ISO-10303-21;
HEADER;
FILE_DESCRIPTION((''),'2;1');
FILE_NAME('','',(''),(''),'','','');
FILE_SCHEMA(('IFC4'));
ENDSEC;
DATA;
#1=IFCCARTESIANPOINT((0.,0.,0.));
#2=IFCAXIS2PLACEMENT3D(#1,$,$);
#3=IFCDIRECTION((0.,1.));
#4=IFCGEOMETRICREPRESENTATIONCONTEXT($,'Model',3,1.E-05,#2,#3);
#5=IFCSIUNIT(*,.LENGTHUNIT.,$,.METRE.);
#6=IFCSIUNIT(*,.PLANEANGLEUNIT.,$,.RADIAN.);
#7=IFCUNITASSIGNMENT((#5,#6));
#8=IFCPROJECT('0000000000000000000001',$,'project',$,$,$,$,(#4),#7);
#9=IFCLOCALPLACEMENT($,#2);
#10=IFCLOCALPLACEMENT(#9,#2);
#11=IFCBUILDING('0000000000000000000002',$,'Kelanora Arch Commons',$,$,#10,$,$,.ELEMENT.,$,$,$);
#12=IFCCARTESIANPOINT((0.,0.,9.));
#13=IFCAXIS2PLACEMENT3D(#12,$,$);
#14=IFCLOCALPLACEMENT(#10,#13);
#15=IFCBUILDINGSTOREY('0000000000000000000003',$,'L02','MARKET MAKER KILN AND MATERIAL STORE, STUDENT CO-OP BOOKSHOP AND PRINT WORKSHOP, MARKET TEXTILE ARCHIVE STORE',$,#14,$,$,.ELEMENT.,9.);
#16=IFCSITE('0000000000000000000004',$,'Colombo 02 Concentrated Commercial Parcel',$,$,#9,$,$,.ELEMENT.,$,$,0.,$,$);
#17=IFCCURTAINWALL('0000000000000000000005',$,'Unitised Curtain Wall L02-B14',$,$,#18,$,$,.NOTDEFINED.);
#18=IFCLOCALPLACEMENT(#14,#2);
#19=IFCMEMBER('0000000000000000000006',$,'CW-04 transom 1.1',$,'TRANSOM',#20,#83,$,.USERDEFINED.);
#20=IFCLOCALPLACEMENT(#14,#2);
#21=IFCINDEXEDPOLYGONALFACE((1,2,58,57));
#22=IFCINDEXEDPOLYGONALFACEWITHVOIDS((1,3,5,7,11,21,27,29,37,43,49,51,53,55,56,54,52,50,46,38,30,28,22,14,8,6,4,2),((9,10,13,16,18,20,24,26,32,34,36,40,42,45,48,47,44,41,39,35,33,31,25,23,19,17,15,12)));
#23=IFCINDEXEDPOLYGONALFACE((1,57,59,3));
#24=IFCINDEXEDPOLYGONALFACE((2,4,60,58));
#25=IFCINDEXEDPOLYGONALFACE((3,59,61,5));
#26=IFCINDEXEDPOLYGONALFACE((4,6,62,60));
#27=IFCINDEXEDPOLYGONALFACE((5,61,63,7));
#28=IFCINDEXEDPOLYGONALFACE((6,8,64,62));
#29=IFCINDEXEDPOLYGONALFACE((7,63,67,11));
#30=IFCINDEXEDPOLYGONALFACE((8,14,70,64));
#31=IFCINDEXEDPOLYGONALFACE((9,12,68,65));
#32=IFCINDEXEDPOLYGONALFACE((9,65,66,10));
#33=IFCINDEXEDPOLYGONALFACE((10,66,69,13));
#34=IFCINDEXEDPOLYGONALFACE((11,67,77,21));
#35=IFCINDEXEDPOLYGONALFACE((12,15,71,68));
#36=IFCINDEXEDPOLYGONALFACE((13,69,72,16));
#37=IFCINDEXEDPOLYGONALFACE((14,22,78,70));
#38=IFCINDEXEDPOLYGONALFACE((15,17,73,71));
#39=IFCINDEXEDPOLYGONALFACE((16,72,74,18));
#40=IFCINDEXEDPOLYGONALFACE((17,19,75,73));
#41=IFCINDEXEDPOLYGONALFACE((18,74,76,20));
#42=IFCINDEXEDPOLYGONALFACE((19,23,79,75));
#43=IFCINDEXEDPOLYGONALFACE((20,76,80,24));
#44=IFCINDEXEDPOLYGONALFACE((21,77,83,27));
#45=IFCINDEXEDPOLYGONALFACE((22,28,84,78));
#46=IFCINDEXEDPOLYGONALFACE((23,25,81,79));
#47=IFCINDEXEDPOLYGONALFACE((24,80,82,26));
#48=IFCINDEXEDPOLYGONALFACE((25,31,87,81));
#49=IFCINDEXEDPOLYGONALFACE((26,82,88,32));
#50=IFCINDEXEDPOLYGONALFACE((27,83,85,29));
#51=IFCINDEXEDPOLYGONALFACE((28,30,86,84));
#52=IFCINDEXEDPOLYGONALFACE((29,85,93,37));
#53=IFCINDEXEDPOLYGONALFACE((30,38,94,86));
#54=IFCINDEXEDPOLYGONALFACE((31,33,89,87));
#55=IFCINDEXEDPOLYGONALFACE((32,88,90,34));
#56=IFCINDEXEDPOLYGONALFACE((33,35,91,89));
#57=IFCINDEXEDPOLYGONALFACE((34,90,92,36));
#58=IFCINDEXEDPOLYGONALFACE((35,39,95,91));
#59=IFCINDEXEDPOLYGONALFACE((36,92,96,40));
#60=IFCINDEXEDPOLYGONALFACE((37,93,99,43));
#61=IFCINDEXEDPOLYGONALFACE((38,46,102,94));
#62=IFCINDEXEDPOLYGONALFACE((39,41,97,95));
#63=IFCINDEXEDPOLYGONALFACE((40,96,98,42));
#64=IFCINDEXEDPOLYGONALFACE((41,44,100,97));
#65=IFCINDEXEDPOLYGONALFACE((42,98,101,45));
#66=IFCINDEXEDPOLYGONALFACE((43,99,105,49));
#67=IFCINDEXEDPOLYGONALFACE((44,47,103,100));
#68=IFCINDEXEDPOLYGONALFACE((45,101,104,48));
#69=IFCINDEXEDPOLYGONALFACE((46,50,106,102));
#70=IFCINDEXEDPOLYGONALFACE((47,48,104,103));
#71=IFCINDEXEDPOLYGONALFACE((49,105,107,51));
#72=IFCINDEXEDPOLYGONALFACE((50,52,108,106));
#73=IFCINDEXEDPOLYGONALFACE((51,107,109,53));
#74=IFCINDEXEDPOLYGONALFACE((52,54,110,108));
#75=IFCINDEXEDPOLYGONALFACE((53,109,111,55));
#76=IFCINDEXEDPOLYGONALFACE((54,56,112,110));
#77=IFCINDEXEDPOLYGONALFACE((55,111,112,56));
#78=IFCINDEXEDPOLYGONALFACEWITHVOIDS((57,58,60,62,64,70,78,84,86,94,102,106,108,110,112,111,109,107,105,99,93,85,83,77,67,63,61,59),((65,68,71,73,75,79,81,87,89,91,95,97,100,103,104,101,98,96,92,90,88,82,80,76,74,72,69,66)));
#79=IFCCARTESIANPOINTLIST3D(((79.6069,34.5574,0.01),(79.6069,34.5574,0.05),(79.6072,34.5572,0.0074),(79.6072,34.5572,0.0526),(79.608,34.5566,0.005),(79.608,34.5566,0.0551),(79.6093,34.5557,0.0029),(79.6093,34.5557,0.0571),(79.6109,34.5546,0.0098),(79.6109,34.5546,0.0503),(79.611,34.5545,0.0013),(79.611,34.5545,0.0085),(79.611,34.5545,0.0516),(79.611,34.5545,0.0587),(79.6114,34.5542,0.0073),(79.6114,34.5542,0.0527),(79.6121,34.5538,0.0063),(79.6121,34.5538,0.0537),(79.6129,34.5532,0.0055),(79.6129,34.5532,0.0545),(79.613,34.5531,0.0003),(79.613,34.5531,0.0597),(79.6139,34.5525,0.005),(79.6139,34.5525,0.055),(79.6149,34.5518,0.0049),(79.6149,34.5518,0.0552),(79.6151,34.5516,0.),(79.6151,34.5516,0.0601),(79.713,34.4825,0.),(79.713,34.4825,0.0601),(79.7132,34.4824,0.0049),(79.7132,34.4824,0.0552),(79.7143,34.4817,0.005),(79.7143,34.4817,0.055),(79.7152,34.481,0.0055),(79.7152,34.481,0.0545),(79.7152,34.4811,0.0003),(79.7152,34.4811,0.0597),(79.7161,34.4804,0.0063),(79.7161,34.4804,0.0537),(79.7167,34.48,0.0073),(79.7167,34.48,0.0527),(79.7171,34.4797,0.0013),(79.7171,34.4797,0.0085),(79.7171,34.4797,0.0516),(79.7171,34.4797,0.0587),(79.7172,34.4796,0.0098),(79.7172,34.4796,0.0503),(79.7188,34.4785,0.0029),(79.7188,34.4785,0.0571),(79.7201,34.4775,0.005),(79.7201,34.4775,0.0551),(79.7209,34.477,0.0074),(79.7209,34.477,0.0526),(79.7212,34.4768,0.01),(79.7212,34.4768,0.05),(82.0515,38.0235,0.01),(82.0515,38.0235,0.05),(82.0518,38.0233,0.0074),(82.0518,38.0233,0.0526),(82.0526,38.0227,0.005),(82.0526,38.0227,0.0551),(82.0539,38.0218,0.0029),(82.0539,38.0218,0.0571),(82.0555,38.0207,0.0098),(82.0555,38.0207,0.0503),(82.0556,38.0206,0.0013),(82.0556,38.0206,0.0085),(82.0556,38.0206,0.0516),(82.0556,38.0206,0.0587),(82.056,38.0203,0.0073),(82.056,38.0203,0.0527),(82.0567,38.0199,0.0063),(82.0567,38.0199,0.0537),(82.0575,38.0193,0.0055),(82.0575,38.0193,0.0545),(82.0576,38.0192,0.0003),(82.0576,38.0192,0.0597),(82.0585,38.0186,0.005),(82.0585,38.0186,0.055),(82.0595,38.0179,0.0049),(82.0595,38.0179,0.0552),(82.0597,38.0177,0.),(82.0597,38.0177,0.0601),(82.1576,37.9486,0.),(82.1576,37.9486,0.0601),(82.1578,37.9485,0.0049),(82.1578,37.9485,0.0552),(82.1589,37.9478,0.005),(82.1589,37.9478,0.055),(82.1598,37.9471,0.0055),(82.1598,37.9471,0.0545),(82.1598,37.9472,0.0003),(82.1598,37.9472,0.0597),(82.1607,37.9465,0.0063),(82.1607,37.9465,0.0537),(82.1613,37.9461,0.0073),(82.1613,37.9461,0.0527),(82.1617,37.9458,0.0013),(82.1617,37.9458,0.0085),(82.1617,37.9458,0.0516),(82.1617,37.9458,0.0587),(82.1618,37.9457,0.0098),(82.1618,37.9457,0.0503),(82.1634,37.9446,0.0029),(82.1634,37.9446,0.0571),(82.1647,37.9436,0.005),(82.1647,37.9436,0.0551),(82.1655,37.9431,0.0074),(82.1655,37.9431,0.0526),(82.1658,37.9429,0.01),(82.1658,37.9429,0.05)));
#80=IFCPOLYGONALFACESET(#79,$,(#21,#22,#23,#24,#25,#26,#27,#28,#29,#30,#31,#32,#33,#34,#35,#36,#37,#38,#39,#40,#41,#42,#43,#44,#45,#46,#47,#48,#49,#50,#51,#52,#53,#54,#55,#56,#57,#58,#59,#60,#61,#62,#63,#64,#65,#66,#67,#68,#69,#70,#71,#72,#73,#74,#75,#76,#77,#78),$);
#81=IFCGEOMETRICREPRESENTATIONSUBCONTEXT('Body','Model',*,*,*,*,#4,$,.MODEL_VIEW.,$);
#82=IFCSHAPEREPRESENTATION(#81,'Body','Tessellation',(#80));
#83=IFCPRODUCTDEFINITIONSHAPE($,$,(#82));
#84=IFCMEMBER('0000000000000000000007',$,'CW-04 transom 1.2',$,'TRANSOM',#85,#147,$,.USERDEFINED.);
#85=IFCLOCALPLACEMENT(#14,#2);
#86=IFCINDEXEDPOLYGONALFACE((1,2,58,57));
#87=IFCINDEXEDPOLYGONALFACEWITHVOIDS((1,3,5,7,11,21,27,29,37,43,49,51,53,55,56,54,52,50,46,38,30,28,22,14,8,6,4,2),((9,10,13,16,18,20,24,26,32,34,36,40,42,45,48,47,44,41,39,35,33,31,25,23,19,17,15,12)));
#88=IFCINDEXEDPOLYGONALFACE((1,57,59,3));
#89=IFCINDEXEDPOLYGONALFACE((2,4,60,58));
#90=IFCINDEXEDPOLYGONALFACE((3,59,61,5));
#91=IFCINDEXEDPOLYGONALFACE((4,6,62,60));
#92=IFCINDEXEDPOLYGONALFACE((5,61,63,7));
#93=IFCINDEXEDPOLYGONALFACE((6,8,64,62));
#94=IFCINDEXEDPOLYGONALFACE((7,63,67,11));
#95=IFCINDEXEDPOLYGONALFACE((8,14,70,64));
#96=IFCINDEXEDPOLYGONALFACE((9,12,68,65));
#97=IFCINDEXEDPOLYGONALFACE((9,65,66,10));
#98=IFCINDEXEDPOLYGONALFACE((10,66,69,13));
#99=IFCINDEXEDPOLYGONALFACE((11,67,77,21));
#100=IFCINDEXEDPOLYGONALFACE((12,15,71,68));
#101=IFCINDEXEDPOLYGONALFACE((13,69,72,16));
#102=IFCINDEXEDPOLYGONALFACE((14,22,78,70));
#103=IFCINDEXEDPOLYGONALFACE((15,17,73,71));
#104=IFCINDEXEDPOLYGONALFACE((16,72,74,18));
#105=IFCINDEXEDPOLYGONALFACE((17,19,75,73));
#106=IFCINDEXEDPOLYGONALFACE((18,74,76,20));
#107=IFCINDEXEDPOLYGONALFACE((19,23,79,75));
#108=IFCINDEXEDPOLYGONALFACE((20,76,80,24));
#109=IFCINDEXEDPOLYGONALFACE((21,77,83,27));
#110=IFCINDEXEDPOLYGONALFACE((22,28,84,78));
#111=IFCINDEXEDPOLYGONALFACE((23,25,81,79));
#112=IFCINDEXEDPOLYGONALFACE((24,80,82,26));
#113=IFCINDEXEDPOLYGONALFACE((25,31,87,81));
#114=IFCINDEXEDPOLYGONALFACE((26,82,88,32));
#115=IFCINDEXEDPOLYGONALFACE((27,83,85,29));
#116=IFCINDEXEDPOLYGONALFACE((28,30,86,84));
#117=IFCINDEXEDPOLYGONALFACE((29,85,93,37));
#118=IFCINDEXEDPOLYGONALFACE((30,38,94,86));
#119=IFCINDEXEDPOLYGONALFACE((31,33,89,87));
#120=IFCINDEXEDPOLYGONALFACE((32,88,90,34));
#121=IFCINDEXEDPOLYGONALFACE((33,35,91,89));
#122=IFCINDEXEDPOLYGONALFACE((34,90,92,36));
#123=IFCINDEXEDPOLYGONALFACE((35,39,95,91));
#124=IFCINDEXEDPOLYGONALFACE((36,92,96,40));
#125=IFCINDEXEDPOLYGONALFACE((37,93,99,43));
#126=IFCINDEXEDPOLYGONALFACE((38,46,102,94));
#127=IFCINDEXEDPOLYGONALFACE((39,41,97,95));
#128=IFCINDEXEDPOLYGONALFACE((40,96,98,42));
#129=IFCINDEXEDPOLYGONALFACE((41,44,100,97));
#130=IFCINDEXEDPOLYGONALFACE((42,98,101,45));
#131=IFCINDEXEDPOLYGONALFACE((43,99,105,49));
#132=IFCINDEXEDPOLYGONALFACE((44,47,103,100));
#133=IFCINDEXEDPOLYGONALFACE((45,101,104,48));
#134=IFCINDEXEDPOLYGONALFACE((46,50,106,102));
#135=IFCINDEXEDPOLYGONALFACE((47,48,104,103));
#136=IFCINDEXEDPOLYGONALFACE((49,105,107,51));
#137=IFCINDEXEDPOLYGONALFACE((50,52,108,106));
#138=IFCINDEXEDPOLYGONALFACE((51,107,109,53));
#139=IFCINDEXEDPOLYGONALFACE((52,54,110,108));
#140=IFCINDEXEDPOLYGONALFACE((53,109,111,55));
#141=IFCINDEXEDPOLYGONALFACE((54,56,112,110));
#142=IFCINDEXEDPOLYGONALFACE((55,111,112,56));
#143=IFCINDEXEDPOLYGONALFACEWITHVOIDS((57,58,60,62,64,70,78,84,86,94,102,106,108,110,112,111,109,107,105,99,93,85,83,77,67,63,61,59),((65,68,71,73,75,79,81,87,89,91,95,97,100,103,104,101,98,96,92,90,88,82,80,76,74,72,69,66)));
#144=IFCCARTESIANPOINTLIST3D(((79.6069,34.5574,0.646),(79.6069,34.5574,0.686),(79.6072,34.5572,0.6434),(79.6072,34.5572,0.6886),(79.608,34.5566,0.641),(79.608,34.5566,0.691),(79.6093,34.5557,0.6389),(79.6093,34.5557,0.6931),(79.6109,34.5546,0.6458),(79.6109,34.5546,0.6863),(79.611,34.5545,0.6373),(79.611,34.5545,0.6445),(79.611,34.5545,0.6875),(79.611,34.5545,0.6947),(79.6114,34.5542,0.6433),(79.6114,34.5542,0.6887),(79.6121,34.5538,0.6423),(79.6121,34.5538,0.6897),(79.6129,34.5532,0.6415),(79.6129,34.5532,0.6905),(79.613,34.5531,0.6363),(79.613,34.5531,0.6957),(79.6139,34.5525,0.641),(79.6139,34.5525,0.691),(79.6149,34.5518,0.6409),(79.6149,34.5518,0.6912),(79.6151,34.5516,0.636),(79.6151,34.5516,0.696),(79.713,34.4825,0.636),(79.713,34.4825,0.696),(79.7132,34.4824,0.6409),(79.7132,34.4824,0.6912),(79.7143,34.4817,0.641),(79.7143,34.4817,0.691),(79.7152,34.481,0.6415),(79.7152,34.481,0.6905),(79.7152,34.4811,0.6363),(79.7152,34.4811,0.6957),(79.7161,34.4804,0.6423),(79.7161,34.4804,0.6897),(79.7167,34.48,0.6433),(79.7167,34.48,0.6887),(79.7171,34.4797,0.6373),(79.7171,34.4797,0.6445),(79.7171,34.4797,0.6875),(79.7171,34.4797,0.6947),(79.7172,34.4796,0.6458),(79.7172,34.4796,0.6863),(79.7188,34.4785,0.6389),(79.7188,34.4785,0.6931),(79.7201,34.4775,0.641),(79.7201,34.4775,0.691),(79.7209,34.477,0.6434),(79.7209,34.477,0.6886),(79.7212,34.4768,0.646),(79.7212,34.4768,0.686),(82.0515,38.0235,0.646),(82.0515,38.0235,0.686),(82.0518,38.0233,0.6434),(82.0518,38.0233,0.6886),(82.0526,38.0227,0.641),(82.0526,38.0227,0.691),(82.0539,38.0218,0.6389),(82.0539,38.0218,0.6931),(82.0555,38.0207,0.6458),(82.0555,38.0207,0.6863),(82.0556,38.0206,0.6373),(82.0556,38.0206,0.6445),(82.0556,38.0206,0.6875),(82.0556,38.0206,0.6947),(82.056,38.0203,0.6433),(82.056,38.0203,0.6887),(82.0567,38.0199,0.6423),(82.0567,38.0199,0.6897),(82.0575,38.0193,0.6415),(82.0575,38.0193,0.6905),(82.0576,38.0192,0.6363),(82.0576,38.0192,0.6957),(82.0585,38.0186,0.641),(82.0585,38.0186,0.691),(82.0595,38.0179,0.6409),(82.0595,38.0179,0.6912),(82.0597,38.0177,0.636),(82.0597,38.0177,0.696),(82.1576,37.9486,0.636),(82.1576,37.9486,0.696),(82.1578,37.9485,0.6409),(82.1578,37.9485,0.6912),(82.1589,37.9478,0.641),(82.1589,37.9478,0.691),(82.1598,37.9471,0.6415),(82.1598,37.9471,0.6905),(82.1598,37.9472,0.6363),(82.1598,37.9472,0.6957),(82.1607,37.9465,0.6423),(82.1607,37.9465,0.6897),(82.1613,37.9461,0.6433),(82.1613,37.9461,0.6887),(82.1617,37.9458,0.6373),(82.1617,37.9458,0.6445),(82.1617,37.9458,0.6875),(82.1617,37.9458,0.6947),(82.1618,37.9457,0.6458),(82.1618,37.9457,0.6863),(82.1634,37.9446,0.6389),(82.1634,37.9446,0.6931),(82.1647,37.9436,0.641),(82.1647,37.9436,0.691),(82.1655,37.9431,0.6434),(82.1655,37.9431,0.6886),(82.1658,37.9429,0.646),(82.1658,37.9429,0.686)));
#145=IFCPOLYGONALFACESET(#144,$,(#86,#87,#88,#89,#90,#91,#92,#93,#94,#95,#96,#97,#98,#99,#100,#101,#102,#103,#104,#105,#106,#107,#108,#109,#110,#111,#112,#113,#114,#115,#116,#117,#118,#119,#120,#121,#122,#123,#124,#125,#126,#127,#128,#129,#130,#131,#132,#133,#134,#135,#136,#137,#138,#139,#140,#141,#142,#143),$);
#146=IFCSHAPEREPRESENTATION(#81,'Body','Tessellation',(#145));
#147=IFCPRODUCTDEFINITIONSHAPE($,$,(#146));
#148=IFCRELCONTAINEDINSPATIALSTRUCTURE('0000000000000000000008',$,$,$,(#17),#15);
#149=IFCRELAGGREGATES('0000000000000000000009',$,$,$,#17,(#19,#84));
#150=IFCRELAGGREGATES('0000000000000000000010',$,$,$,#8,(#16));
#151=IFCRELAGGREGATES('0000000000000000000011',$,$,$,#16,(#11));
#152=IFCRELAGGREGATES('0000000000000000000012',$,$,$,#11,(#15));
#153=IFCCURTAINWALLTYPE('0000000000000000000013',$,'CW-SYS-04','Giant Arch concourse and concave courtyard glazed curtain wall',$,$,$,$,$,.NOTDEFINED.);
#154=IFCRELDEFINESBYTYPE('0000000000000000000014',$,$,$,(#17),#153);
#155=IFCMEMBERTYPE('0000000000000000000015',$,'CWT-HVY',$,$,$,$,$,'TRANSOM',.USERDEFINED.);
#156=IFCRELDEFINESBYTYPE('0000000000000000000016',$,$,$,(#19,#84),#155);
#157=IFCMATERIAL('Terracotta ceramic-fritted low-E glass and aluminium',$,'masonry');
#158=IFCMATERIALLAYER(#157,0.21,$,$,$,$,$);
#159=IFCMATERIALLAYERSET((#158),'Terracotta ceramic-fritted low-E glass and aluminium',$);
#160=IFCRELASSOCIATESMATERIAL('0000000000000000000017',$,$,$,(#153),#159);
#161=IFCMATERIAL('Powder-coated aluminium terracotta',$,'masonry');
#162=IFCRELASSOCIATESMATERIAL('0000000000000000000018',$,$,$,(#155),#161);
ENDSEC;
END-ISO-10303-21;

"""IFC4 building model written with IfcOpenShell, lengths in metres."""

from ifc_helpers import new_model, si_unit, direction, frame, origin, origin_2d, place, context, subcontext, project, spatial, hollow_rectangle, extrude, material, layer, layer_set, material_profile, profile_set, type_object, element, aggregate, save


model = new_model("IFC4")

# Units and contexts
model_context = context("Model", 3, precision=1e-05, world=origin(), true_north=direction((0.0, 1.0)))
body_context = subcontext(model_context, "Body", "Model", "MODEL_VIEW")
ifc_project = project(units=[si_unit("LENGTHUNIT", "METRE"), si_unit("PLANEANGLEUNIT", "RADIAN")], contexts=[model_context])

# Site, building, storey
site_placement = place(None, origin())
site = spatial("IfcSite", under=ifc_project, at=site_placement, Name="Colombo 02 Concentrated Commercial Parcel", CompositionType="ELEMENT", RefElevation=0.0)
building_placement = place(site_placement, origin())
building = spatial("IfcBuilding", under=site, at=building_placement, Name="Kelanora Arch Commons", CompositionType="ELEMENT")
storey_placement = place(building_placement, frame((0.0, 0.0, 9.0)))
storey = spatial("IfcBuildingStorey", under=building, at=storey_placement, Name="L02", Description="MARKET MAKER KILN AND MATERIAL STORE, STUDENT CO-OP BOOKSHOP AND PRINT WORKSHOP, MARKET TEXTILE ARCHIVE STORE", CompositionType="ELEMENT", Elevation=9.0)

# Curtain wall, members
ifc_material_1 = material(Name="Terracotta ceramic-fritted low-E glass and aluminium", Category="masonry")
ifc_layer_1 = layer(ifc_material_1, 0.21)
ifc_layer_set_1 = layer_set([ifc_layer_1], Name="Terracotta ceramic-fritted low-E glass and aluminium")
curtain_wall_type = type_object("IfcCurtainWallType", Name="CW-SYS-04", Description="Giant Arch concourse and concave courtyard glazed curtain wall", PredefinedType="NOTDEFINED", material=ifc_layer_set_1)
curtain_wall_placement = place(storey_placement, origin())
curtain_wall = element("IfcCurtainWall", 1, at=curtain_wall_placement, inside=storey, type_object=curtain_wall_type, Name="Unitised Curtain Wall L02-B14", PredefinedType="NOTDEFINED")
ifc_material_2 = material(Name="Powder-coated aluminium terracotta", Category="masonry")
ifc_material_profile_1 = material_profile(ifc_material_2, hollow_rectangle(XDim=0.1399, YDim=0.0601, WallThickness=0.0049, InnerFilletRadius=0.0049, OuterFilletRadius=0.01, at=origin_2d()), Name="CWT140x60")
ifc_profile_set_1 = profile_set([ifc_material_profile_1], Name="Powder-coated aluminium terracotta")
member_type_1 = type_object("IfcMemberType", Name="CWT-HVY", ElementType="TRANSOM", PredefinedType="USERDEFINED", material=ifc_profile_set_1)
member_1_placement = place(storey_placement, frame((79.6641, 34.5171, 0.03), z_axis=(0.57636, 0.817196, 0.0), x_axis=(-0.817196, 0.57636, 0.0)))
member_1 = element("IfcMember", 2, at=member_1_placement, type_object=member_type_1, Name="CW-04 transom 1.1", ObjectType="TRANSOM", PredefinedType="USERDEFINED", context=body_context, shape_type="SweptSolid", body=[
    extrude(hollow_rectangle(XDim=0.1399, YDim=0.0601, WallThickness=0.0049, InnerFilletRadius=0.0049, OuterFilletRadius=0.01, at=origin_2d()), origin(), (0.0, 0.0, 1.0), 4.2415),
])
member_2_placement = place(storey_placement, frame((79.6641, 34.5171, 0.666), z_axis=(0.57636, 0.817196, 0.0), x_axis=(-0.817196, 0.57636, 0.0)))
member_2 = element("IfcMember", 3, at=member_2_placement, type_object=member_type_1, Name="CW-04 transom 1.2", ObjectType="TRANSOM", PredefinedType="USERDEFINED", context=body_context, shape_type="SweptSolid", body=[
    extrude(hollow_rectangle(XDim=0.1399, YDim=0.0601, WallThickness=0.0049, InnerFilletRadius=0.0049, OuterFilletRadius=0.01, at=origin_2d()), origin(), (0.0, 0.0, 1.0), 4.2415),
])
aggregate(curtain_wall, [member_1, member_2])

save(model, "model.ifc")
